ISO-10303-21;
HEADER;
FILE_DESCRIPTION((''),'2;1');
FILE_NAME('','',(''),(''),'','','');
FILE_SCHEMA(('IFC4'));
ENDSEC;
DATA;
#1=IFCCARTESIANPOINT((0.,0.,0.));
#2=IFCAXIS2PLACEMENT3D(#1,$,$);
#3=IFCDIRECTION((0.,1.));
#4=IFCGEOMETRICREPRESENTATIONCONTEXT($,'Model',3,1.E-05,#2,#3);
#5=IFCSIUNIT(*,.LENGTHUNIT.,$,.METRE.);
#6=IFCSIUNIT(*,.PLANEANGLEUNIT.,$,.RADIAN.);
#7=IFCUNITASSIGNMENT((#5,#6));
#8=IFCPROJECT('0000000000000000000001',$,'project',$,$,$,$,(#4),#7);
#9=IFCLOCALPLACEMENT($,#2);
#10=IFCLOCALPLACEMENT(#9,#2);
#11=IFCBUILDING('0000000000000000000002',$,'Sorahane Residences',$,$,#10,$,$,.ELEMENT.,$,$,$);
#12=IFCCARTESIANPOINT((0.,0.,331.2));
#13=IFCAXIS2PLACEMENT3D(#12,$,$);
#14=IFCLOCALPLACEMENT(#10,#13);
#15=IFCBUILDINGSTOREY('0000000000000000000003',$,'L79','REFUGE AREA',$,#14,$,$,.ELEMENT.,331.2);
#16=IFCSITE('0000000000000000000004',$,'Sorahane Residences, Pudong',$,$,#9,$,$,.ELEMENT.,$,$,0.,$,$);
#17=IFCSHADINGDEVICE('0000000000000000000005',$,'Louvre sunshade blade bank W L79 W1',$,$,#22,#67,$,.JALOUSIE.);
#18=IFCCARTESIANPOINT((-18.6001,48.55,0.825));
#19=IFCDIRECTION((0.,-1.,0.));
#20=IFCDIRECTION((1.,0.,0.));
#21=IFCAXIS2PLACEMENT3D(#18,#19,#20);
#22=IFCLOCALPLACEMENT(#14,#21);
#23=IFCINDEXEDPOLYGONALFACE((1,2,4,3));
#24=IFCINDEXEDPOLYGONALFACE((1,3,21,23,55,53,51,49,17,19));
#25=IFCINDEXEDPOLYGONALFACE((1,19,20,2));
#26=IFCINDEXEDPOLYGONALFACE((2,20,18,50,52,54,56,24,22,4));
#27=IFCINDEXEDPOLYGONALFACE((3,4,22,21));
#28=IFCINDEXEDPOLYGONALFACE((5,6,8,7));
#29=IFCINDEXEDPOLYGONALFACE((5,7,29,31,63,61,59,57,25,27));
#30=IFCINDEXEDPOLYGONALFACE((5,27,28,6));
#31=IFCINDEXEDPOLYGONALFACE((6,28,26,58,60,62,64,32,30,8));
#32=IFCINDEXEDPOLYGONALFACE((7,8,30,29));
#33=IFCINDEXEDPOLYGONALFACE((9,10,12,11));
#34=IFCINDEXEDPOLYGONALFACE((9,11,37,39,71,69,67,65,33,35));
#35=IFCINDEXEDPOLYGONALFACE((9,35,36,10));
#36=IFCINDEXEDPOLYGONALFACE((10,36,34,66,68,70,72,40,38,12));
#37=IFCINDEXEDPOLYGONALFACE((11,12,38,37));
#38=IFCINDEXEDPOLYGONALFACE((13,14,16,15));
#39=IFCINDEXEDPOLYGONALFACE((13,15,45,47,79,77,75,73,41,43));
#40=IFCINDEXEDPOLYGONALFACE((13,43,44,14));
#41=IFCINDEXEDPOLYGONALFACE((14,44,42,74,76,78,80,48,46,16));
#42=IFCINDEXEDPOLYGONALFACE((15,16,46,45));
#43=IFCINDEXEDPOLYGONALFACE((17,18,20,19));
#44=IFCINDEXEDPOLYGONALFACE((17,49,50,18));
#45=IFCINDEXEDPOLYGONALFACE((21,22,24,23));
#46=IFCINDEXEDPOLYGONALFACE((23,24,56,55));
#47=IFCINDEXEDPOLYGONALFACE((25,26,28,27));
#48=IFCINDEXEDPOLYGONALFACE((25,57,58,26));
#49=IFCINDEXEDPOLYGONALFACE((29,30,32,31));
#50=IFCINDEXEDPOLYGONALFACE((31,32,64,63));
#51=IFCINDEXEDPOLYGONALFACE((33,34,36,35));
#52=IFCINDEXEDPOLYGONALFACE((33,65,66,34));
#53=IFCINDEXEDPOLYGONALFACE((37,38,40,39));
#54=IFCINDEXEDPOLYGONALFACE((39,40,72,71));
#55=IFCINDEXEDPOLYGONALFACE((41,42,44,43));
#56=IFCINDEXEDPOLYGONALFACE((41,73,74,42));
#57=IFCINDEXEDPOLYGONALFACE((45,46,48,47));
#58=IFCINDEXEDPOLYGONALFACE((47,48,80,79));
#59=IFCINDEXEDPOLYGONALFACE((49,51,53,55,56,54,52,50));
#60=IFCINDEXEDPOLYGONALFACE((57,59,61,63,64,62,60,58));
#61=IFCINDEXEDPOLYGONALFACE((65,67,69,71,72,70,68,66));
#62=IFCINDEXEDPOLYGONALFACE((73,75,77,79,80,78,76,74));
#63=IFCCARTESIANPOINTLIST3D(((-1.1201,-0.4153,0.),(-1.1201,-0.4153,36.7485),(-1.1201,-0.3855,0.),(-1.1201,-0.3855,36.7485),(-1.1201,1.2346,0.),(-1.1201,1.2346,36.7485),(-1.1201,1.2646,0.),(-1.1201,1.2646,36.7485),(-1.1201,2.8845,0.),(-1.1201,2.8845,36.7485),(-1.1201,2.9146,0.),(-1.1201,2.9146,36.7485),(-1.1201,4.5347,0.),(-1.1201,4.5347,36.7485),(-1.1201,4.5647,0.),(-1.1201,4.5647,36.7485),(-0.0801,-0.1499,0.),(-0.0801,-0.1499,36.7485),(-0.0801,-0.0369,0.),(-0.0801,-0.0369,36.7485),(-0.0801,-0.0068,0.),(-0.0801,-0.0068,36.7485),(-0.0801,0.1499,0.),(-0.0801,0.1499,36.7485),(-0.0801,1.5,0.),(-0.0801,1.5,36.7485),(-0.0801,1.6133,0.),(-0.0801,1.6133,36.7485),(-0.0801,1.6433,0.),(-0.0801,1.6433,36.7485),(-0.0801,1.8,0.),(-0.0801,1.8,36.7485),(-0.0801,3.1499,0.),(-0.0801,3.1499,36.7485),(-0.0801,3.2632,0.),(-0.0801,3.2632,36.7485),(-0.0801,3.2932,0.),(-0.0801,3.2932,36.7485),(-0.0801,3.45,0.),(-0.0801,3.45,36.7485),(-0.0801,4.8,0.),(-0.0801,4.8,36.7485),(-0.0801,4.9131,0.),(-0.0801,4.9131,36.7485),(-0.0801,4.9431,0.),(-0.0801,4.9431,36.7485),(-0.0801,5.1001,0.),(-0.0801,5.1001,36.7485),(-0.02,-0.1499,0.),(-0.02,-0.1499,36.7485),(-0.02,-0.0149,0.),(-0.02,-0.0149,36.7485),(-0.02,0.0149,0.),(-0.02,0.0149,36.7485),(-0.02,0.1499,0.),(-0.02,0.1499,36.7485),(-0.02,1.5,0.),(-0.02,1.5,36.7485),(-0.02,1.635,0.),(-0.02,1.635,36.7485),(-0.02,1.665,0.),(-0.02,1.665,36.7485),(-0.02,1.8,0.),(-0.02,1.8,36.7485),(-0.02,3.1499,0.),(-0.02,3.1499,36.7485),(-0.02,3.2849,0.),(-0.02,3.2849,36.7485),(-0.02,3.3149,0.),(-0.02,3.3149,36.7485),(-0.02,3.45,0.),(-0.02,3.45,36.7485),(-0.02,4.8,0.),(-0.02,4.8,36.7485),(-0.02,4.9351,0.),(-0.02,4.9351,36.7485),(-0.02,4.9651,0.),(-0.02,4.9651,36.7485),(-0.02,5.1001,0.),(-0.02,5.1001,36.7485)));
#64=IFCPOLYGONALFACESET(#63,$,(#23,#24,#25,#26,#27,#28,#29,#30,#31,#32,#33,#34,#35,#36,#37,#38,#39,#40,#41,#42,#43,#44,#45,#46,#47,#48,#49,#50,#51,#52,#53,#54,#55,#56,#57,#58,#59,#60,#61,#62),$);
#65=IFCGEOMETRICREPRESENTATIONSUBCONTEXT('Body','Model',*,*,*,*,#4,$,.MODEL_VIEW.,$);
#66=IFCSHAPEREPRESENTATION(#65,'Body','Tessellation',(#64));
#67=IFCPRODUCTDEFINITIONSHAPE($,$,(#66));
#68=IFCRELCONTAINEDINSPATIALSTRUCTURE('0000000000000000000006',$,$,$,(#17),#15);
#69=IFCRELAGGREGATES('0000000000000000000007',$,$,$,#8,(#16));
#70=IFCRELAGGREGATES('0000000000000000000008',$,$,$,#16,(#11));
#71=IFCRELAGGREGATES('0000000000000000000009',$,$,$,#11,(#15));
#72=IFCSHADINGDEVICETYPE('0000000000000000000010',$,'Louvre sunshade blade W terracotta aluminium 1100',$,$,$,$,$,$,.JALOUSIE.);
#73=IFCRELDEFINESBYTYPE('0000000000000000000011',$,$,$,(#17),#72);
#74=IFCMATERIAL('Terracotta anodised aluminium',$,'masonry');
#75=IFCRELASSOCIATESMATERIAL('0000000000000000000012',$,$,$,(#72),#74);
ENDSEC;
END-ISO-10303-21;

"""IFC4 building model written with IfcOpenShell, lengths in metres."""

from ifc_helpers import new_model, si_unit, direction, frame, origin, place, context, subcontext, project, spatial, polyline, outline, composite_profile, extrude, material, type_object, element, save


model = new_model("IFC4")

# Units and contexts
model_context = context("Model", 3, precision=1e-05, world=origin(), true_north=direction((0.0, 1.0)))
body_context = subcontext(model_context, "Body", "Model", "MODEL_VIEW")
ifc_project = project(units=[si_unit("LENGTHUNIT", "METRE"), si_unit("PLANEANGLEUNIT", "RADIAN")], contexts=[model_context])

# Site, building, storey
site_placement = place(None, origin())
site = spatial("IfcSite", under=ifc_project, at=site_placement, Name="Sorahane Residences, Pudong", CompositionType="ELEMENT", RefElevation=0.0)
building_placement = place(site_placement, origin())
building = spatial("IfcBuilding", under=site, at=building_placement, Name="Sorahane Residences", CompositionType="ELEMENT")
storey_placement = place(building_placement, frame((0.0, 0.0, 331.2)))
storey = spatial("IfcBuildingStorey", under=building, at=storey_placement, Name="L79", Description="REFUGE AREA", CompositionType="ELEMENT", Elevation=331.2)

# Shading device
ifc_material_1 = material(Name="Terracotta anodised aluminium", Category="masonry")
shading_device_type = type_object("IfcShadingDeviceType", Name="Louvre sunshade blade W terracotta aluminium 1100", PredefinedType="JALOUSIE", material=ifc_material_1)
shading_device_placement = place(storey_placement, frame((-18.6001, 48.55, 0.825), z_axis=(0.0, -1.0, 0.0), x_axis=(1.0, 0.0, 0.0)))
element("IfcShadingDevice", 1, at=shading_device_placement, inside=storey, type_object=shading_device_type, Name="Louvre sunshade blade bank W L79 W1", PredefinedType="JALOUSIE", context=body_context, shape_type="SweptSolid", body=[
    extrude(composite_profile([outline(polyline([(-1.1201, -0.3855), (-1.1201, -0.4153), (-0.0801, -0.0369), (-0.0801, -0.1499), (-0.02, -0.1499), (-0.02, -0.0149), (-0.02, 0.0149), (-0.02, 0.1499), (-0.0801, 0.1499), (-0.0801, -0.0068), (-1.1201, -0.3855)])), outline(polyline([(-1.1201, 1.2646), (-1.1201, 1.2346), (-0.0801, 1.6133), (-0.0801, 1.5), (-0.02, 1.5), (-0.02, 1.635), (-0.02, 1.665), (-0.02, 1.8), (-0.0801, 1.8), (-0.0801, 1.6433), (-1.1201, 1.2646)])), outline(polyline([(-1.1201, 2.9146), (-1.1201, 2.8845), (-0.0801, 3.2632), (-0.0801, 3.1499), (-0.02, 3.1499), (-0.02, 3.2849), (-0.02, 3.3149), (-0.02, 3.45), (-0.0801, 3.45), (-0.0801, 3.2932), (-1.1201, 2.9146)])), outline(polyline([(-1.1201, 4.5647), (-1.1201, 4.5347), (-0.0801, 4.9131), (-0.0801, 4.8), (-0.02, 4.8), (-0.02, 4.9351), (-0.02, 4.9651), (-0.02, 5.1001), (-0.0801, 5.1001), (-0.0801, 4.9431), (-1.1201, 4.5647)]))]), origin(), (0.0, 0.0, 1.0), 36.7485),
])

save(model, "model.ifc")
